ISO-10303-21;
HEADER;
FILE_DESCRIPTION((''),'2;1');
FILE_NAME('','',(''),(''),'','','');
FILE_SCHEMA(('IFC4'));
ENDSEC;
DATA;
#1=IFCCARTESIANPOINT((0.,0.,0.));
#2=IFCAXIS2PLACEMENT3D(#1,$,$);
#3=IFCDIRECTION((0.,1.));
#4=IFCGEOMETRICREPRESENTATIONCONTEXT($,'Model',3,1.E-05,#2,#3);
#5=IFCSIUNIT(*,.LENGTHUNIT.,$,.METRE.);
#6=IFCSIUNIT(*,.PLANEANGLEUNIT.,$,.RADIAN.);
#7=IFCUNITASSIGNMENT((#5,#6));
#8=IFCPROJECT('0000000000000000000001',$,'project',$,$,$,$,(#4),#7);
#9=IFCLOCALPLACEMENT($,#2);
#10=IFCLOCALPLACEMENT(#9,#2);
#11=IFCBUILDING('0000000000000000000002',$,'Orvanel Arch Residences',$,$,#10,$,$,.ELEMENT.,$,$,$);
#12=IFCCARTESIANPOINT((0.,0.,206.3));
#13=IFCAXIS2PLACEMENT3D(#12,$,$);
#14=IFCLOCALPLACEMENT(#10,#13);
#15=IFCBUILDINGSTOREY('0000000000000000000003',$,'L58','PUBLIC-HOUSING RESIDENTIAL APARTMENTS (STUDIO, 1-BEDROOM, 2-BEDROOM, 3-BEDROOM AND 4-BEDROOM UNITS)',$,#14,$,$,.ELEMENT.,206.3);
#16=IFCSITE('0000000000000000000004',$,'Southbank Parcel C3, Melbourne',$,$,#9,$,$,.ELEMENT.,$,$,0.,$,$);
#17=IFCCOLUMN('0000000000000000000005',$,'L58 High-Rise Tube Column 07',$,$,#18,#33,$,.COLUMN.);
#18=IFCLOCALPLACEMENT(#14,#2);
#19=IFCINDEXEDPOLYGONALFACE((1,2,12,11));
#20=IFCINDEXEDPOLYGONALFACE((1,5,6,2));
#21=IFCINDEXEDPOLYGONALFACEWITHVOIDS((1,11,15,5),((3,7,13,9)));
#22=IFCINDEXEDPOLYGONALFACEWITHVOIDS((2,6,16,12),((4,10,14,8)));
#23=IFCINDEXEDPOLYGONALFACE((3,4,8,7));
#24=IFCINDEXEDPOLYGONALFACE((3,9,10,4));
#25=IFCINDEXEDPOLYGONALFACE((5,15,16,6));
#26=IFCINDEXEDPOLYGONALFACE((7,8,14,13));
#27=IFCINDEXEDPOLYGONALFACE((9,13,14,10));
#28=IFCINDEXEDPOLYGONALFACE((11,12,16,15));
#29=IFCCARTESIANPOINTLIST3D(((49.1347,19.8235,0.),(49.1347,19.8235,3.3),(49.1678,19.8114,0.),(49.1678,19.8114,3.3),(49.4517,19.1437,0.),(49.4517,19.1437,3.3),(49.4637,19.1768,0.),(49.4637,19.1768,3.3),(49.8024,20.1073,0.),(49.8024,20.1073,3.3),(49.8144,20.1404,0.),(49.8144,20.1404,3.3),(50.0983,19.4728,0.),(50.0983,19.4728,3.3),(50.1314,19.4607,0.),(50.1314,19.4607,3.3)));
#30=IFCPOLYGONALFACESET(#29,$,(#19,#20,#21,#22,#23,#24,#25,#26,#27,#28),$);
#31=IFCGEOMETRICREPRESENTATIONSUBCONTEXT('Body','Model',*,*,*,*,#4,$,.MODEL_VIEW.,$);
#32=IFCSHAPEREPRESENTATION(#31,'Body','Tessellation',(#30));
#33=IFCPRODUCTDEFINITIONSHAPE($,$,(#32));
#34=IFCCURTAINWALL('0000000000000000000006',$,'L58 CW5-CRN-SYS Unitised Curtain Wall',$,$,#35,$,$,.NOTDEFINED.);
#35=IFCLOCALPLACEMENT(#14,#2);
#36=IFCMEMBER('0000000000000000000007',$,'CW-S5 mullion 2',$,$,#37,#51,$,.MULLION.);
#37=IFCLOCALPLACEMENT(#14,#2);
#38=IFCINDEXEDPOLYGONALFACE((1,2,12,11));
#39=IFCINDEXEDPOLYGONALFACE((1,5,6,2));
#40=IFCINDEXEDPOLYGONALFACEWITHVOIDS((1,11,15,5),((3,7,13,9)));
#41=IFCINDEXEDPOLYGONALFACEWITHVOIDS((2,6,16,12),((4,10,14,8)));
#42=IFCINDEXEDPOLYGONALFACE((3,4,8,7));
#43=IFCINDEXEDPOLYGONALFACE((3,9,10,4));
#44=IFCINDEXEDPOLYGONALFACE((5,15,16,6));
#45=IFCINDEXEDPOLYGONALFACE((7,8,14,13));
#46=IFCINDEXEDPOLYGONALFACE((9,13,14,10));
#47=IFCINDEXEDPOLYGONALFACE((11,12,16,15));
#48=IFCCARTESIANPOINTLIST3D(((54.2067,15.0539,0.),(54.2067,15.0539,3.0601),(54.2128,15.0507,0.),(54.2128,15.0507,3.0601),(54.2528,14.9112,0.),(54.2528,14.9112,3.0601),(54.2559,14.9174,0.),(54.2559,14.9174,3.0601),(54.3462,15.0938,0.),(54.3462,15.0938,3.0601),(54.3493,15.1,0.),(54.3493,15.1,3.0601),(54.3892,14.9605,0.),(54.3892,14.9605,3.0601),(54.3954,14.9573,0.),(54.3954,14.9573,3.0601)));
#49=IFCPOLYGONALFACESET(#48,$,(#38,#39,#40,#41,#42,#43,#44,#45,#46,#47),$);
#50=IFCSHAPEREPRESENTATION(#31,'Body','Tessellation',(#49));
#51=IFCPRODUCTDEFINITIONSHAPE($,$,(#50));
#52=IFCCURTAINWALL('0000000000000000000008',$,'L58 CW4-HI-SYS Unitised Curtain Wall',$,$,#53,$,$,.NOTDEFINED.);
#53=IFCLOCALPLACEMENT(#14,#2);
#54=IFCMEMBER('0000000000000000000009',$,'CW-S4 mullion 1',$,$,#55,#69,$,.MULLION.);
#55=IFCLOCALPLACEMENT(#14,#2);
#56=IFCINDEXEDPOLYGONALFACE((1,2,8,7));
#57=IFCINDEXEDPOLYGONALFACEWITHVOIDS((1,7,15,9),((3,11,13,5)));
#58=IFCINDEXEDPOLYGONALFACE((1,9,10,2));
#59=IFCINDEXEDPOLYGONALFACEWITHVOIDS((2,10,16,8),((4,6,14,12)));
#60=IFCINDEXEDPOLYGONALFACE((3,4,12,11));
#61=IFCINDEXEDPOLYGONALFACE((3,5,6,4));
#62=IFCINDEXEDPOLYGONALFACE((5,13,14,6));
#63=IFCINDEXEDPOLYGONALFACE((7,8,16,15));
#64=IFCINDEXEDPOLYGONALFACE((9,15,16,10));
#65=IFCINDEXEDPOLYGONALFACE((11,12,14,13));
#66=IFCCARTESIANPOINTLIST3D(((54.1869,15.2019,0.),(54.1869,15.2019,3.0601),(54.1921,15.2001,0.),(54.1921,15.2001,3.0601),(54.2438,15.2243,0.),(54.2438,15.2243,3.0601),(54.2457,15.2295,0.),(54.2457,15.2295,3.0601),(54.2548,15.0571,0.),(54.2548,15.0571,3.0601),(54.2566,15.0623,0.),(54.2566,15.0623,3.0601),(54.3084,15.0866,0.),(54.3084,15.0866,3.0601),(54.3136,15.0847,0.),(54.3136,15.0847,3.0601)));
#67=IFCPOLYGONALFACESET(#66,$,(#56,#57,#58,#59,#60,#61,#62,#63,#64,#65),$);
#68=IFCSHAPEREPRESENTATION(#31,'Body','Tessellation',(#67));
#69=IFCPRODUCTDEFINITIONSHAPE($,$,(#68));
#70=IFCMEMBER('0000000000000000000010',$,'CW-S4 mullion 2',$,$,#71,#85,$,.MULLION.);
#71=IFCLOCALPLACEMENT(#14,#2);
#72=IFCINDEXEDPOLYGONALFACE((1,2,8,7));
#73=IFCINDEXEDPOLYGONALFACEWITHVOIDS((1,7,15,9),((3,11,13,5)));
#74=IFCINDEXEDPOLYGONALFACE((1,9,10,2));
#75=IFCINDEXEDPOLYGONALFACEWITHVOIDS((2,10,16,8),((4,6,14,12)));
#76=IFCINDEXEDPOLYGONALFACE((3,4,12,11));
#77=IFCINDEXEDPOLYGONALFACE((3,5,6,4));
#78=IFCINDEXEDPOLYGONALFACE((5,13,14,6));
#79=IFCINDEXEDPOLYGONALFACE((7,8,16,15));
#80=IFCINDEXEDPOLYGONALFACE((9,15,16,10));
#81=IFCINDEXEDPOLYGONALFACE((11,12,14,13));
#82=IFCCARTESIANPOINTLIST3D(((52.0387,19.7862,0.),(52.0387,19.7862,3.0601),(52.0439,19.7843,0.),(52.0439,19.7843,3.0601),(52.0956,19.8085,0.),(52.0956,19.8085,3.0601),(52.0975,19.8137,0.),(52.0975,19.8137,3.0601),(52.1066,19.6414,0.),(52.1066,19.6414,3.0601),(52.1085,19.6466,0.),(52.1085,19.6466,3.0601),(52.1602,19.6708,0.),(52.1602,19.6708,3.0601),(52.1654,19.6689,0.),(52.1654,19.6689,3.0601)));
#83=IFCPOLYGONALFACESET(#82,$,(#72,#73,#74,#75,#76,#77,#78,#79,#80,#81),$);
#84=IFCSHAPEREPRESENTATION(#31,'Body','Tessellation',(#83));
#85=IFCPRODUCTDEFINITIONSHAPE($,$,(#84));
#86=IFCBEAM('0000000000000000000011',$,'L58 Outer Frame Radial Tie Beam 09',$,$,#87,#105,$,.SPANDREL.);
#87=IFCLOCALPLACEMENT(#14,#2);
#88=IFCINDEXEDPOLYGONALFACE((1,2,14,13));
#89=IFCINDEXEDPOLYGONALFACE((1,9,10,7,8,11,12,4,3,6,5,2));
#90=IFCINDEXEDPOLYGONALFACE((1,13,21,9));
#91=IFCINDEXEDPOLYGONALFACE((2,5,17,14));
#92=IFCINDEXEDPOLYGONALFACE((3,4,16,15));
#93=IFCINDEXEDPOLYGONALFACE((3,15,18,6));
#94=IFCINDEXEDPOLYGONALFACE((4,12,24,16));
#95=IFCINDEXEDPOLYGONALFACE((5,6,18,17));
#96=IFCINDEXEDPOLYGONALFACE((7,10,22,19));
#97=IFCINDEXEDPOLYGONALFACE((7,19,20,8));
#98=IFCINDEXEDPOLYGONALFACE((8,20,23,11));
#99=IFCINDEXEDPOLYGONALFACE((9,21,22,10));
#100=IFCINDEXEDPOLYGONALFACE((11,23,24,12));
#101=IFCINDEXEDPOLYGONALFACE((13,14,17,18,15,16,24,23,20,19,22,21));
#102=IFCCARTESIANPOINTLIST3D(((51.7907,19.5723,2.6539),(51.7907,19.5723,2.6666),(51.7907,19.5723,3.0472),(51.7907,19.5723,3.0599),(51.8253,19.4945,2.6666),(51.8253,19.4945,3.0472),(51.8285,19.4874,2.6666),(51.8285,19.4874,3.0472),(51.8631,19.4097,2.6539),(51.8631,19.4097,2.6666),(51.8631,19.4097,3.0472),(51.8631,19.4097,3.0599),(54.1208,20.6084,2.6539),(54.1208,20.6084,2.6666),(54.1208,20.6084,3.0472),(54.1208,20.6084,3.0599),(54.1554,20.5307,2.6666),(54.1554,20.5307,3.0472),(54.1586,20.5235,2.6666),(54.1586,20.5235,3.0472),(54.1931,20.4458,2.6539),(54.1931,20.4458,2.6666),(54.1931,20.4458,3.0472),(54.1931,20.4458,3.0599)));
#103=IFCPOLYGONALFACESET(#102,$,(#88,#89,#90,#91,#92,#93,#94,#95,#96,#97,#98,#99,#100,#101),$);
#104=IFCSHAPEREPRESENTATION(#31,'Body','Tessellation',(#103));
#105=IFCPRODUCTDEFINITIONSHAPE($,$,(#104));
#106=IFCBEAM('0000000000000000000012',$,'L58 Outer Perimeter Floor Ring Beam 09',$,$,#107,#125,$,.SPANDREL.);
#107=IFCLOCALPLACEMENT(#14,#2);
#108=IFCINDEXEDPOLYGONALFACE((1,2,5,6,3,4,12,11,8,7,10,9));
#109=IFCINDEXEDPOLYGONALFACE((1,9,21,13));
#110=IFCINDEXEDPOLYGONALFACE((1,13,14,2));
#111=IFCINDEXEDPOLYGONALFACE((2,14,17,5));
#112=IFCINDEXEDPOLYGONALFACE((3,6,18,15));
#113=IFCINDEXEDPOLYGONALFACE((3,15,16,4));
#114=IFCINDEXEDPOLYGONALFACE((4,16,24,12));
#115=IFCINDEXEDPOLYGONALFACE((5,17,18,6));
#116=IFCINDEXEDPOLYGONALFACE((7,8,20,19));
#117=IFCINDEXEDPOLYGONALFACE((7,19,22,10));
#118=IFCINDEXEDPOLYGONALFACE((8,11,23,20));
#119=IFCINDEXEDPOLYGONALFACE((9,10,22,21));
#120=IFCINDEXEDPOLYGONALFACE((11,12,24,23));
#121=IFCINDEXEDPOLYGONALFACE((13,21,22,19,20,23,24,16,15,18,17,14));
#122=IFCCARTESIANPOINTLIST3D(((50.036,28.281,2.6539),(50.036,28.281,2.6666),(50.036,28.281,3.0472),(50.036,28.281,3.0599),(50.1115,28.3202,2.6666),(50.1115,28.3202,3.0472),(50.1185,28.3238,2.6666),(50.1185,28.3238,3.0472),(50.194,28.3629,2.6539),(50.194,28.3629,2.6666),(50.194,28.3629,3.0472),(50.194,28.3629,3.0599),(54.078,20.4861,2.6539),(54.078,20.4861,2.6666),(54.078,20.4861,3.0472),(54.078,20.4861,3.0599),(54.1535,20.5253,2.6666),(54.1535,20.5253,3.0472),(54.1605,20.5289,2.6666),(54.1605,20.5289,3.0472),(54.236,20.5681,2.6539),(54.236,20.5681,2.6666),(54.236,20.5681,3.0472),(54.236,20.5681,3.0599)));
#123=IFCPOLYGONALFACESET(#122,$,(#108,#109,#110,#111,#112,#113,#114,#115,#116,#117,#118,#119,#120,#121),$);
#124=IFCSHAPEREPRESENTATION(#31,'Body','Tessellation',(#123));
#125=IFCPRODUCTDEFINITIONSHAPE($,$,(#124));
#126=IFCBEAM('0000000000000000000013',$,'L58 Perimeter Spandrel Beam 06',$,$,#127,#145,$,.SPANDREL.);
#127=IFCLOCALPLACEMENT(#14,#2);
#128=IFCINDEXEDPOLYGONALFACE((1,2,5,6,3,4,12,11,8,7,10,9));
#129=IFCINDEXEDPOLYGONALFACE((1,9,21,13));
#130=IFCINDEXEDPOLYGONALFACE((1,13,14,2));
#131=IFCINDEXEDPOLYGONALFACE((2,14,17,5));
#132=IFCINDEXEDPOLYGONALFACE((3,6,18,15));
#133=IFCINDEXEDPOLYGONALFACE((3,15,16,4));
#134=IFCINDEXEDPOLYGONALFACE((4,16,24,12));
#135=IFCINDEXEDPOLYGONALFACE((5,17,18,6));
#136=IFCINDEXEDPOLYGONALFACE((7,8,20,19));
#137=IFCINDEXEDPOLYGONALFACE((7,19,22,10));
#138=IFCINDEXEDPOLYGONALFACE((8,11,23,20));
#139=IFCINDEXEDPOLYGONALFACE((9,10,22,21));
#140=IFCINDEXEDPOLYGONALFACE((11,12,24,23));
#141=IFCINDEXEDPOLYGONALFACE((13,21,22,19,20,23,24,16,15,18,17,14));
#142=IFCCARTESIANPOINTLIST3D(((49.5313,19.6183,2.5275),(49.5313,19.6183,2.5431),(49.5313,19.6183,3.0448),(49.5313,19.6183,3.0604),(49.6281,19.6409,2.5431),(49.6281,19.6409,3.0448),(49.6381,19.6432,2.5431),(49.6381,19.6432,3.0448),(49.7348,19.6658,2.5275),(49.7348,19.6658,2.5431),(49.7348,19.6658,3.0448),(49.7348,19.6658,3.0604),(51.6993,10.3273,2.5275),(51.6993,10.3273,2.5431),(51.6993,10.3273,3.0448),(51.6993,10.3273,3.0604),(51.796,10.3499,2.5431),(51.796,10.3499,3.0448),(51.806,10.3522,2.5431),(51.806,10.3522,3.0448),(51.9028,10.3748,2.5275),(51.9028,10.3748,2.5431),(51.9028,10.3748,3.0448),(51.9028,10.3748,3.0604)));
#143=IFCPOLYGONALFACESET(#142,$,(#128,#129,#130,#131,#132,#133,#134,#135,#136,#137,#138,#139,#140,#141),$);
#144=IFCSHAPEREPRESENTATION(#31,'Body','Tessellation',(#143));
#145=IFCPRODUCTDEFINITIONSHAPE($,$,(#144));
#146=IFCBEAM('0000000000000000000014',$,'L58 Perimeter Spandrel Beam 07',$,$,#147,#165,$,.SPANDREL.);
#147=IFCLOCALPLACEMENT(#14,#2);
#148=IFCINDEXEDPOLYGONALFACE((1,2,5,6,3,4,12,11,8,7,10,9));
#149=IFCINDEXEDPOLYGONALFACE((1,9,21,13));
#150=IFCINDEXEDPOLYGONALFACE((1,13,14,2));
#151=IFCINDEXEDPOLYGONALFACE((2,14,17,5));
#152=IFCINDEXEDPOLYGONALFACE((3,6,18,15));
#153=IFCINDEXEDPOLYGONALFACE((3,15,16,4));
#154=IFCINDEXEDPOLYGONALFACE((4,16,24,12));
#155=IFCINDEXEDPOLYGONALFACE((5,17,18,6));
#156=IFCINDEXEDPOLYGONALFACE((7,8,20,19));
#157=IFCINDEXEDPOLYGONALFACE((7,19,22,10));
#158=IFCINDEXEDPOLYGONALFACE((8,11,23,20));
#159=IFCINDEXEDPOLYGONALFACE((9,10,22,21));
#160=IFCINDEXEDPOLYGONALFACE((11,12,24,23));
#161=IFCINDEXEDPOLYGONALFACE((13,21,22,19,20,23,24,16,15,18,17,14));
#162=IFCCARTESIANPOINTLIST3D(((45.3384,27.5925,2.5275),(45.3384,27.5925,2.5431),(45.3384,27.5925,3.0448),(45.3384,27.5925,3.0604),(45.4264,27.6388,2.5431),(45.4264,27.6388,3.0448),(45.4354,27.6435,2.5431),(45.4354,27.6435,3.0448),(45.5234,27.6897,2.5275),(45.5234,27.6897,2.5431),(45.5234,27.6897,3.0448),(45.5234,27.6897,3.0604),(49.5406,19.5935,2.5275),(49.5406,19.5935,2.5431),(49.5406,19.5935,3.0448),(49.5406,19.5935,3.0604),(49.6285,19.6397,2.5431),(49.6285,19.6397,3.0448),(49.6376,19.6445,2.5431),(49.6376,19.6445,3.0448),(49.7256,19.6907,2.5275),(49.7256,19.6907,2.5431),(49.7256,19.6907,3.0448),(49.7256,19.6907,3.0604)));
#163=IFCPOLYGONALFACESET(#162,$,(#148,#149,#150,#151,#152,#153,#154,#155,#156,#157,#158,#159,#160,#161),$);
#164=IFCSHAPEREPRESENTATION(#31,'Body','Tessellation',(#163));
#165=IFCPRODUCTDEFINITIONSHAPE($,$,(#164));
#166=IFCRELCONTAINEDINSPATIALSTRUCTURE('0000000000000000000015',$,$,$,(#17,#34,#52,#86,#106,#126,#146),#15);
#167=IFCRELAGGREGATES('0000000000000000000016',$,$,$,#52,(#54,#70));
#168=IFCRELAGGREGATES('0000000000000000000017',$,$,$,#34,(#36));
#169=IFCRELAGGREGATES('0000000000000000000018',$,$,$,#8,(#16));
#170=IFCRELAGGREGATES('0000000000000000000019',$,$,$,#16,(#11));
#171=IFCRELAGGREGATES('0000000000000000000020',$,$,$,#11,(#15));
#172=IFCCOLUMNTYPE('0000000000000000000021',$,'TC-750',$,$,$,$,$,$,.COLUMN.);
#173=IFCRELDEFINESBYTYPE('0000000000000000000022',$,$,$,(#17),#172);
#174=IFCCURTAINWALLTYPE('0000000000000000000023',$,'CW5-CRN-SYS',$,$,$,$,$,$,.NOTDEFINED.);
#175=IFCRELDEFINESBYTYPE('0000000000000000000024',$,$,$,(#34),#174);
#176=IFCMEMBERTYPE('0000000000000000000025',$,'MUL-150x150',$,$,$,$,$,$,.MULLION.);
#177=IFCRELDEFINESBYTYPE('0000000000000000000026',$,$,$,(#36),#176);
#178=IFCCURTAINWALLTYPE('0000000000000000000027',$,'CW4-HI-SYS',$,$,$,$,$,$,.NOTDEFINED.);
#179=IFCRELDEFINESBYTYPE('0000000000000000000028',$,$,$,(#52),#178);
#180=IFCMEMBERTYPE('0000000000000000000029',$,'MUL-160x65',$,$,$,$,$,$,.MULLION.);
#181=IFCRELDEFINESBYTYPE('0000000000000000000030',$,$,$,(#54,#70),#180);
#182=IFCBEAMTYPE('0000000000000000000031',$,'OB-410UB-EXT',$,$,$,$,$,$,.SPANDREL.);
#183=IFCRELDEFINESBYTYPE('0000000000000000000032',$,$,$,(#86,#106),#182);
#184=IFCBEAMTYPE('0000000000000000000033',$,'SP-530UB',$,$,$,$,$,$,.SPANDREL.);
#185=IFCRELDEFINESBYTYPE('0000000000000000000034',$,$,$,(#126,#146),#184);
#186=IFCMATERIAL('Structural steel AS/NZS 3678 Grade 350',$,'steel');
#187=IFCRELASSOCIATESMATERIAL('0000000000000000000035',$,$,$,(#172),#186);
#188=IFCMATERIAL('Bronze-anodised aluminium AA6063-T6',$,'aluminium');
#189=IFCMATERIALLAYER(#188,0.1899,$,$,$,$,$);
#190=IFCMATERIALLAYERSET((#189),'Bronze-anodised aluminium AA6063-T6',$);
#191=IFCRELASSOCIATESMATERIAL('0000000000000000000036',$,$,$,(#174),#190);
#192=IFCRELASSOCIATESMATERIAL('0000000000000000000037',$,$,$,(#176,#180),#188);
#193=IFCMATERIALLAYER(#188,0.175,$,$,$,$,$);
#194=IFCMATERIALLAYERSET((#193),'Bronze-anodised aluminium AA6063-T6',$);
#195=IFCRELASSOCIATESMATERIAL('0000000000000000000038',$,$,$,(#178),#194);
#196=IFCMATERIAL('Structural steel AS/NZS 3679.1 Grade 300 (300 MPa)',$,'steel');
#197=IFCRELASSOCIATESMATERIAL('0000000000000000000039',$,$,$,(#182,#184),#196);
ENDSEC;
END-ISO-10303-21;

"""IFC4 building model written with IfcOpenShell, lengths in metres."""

from ifc_helpers import new_model, si_unit, direction, frame, origin, origin_2d, place, context, subcontext, project, spatial, hollow_rectangle, i_section, extrude, material, layer, layer_set, material_profile, profile_set, type_object, element, aggregate, save


model = new_model("IFC4")

# Units and contexts
model_context = context("Model", 3, precision=1e-05, world=origin(), true_north=direction((0.0, 1.0)))
body_context = subcontext(model_context, "Body", "Model", "MODEL_VIEW")
ifc_project = project(units=[si_unit("LENGTHUNIT", "METRE"), si_unit("PLANEANGLEUNIT", "RADIAN")], contexts=[model_context])

# Site, building, storey
site_placement = place(None, origin())
site = spatial("IfcSite", under=ifc_project, at=site_placement, Name="Southbank Parcel C3, Melbourne", CompositionType="ELEMENT", RefElevation=0.0)
building_placement = place(site_placement, origin())
building = spatial("IfcBuilding", under=site, at=building_placement, Name="Orvanel Arch Residences", CompositionType="ELEMENT")
storey_placement = place(building_placement, frame((0.0, 0.0, 206.3)))
storey = spatial("IfcBuildingStorey", under=building, at=storey_placement, Name="L58", Description="PUBLIC-HOUSING RESIDENTIAL APARTMENTS (STUDIO, 1-BEDROOM, 2-BEDROOM, 3-BEDROOM AND 4-BEDROOM UNITS)", CompositionType="ELEMENT", Elevation=206.3)

# Column
ifc_material_1 = material(Name="Structural steel AS/NZS 3678 Grade 350", Category="steel")
ifc_material_profile_1 = material_profile(ifc_material_1, hollow_rectangle(XDim=0.75, YDim=0.75, WallThickness=0.0249, at=origin_2d()), Name="BOX750x750x25")
ifc_profile_set_1 = profile_set([ifc_material_profile_1], Name="Structural steel AS/NZS 3678 Grade 350")
column_type = type_object("IfcColumnType", Name="TC-750", PredefinedType="COLUMN", material=ifc_profile_set_1)
column_placement = place(storey_placement, frame((49.6331, 19.6421, 0.0), z_axis=(0.0, 0.0, 1.0), x_axis=(-0.422618, 0.906308, 0.0)))
element("IfcColumn", 1, at=column_placement, inside=storey, type_object=column_type, Name="L58 High-Rise Tube Column 07", PredefinedType="COLUMN", context=body_context, shape_type="SweptSolid", body=[
    extrude(hollow_rectangle(XDim=0.75, YDim=0.75, WallThickness=0.0249, at=origin_2d()), origin(), (0.0, 0.0, 1.0), 3.3),
])

# Curtain wall, member
ifc_material_2 = material(Name="Bronze-anodised aluminium AA6063-T6", Category="aluminium")
ifc_layer_1 = layer(ifc_material_2, 0.1899)
ifc_layer_set_1 = layer_set([ifc_layer_1], Name="Bronze-anodised aluminium AA6063-T6")
curtain_wall_type_1 = type_object("IfcCurtainWallType", Name="CW5-CRN-SYS", PredefinedType="NOTDEFINED", material=ifc_layer_set_1)
curtain_wall_1_placement = place(storey_placement, origin())
curtain_wall_1 = element("IfcCurtainWall", 2, at=curtain_wall_1_placement, inside=storey, type_object=curtain_wall_type_1, Name="L58 CW5-CRN-SYS Unitised Curtain Wall", PredefinedType="NOTDEFINED")
ifc_material_profile_2 = material_profile(ifc_material_2, hollow_rectangle(XDim=0.1499, YDim=0.1499, WallThickness=0.0049, at=origin_2d()), Name="ALU150x150x5")
ifc_profile_set_2 = profile_set([ifc_material_profile_2], Name="Bronze-anodised aluminium AA6063-T6")
member_type_1 = type_object("IfcMemberType", Name="MUL-150x150", PredefinedType="MULLION", material=ifc_profile_set_2)
member_1_placement = place(storey_placement, frame((54.301, 15.0056, 0.0), z_axis=(0.0, 0.0, 1.0), x_axis=(-0.951553, -0.307484, 0.0)))
member_1 = element("IfcMember", 3, at=member_1_placement, type_object=member_type_1, Name="CW-S5 mullion 2", PredefinedType="MULLION", context=body_context, shape_type="SweptSolid", body=[
    extrude(hollow_rectangle(XDim=0.1499, YDim=0.1499, WallThickness=0.0049, at=origin_2d()), origin(), (0.0, 0.0, 1.0), 3.0601),
])

# Curtain wall, members
ifc_layer_2 = layer(ifc_material_2, 0.175)
ifc_layer_set_2 = layer_set([ifc_layer_2], Name="Bronze-anodised aluminium AA6063-T6")
curtain_wall_type_2 = type_object("IfcCurtainWallType", Name="CW4-HI-SYS", PredefinedType="NOTDEFINED", material=ifc_layer_set_2)
curtain_wall_2_placement = place(storey_placement, origin())
curtain_wall_2 = element("IfcCurtainWall", 4, at=curtain_wall_2_placement, inside=storey, type_object=curtain_wall_type_2, Name="L58 CW4-HI-SYS Unitised Curtain Wall", PredefinedType="NOTDEFINED")
ifc_material_profile_3 = material_profile(ifc_material_2, hollow_rectangle(XDim=0.0649, YDim=0.1599, WallThickness=0.0039, at=origin_2d()), Name="ALU160x65x4")
ifc_profile_set_3 = profile_set([ifc_material_profile_3], Name="Bronze-anodised aluminium AA6063-T6")
member_type_2 = type_object("IfcMemberType", Name="MUL-160x65", PredefinedType="MULLION", material=ifc_profile_set_3)
member_2_placement = place(storey_placement, frame((54.2502, 15.1433, 0.0), z_axis=(0.0, 0.0, 1.0), x_axis=(-0.905503, -0.424341, 0.0)))
member_2 = element("IfcMember", 5, at=member_2_placement, type_object=member_type_2, Name="CW-S4 mullion 1", PredefinedType="MULLION", context=body_context, shape_type="SweptSolid", body=[
    extrude(hollow_rectangle(XDim=0.0649, YDim=0.1599, WallThickness=0.0039, at=origin_2d()), origin(), (0.0, 0.0, 1.0), 3.0601),
])
member_3_placement = place(storey_placement, frame((52.1021, 19.7275, 0.0), z_axis=(0.0, 0.0, 1.0), x_axis=(-0.905503, -0.424341, 0.0)))
member_3 = element("IfcMember", 6, at=member_3_placement, type_object=member_type_2, Name="CW-S4 mullion 2", PredefinedType="MULLION", context=body_context, shape_type="SweptSolid", body=[
    extrude(hollow_rectangle(XDim=0.0649, YDim=0.1599, WallThickness=0.0039, at=origin_2d()), origin(), (0.0, 0.0, 1.0), 3.0601),
])

# Beams
ifc_material_3 = material(Name="Structural steel AS/NZS 3679.1 Grade 300 (300 MPa)", Category="steel")
ifc_material_profile_4 = material_profile(ifc_material_3, i_section(OverallWidth=0.178, OverallDepth=0.406, WebThickness=0.0078, FlangeThickness=0.0127, at=origin_2d()), Name="410UB59.7")
ifc_profile_set_4 = profile_set([ifc_material_profile_4], Name="Structural steel AS/NZS 3679.1 Grade 300 (300 MPa)")
beam_type_1 = type_object("IfcBeamType", Name="OB-410UB-EXT", PredefinedType="SPANDREL", material=ifc_profile_set_4)
beam_1_placement = place(storey_placement, frame((51.8269, 19.491, 2.8569), z_axis=(0.913733, 0.406316, 0.0), x_axis=(-0.406316, 0.913733, 0.0)))
element("IfcBeam", 7, at=beam_1_placement, inside=storey, type_object=beam_type_1, Name="L58 Outer Frame Radial Tie Beam 09", PredefinedType="SPANDREL", context=body_context, shape_type="SweptSolid", body=[
    extrude(i_section(OverallWidth=0.178, OverallDepth=0.406, WebThickness=0.0078, FlangeThickness=0.0127, at=origin_2d()), origin(), (0.0, 0.0, 1.0), 2.55),
])
beam_2_placement = place(storey_placement, frame((54.157, 20.5271, 2.8569), z_axis=(-0.460333, 0.887746, 0.0), x_axis=(-0.887746, -0.460333, 0.0)))
element("IfcBeam", 8, at=beam_2_placement, inside=storey, type_object=beam_type_1, Name="L58 Outer Perimeter Floor Ring Beam 09", PredefinedType="SPANDREL", context=body_context, shape_type="SweptSolid", body=[
    extrude(i_section(OverallWidth=0.178, OverallDepth=0.406, WebThickness=0.0078, FlangeThickness=0.0127, at=origin_2d()), origin(), (0.0, 0.0, 1.0), 8.7805),
])
ifc_material_profile_5 = material_profile(ifc_material_3, i_section(OverallWidth=0.209, OverallDepth=0.533, WebThickness=0.0103, FlangeThickness=0.0156, at=origin_2d()), Name="530UB92.4")
ifc_profile_set_5 = profile_set([ifc_material_profile_5], Name="Structural steel AS/NZS 3679.1 Grade 300 (300 MPa)")
beam_type_2 = type_object("IfcBeamType", Name="SP-530UB", PredefinedType="SPANDREL", material=ifc_profile_set_5)
beam_3_placement = place(storey_placement, frame((51.801, 10.3511, 2.7939), z_axis=(-0.227236, 0.97384, 0.0), x_axis=(-0.97384, -0.227236, 0.0)))
element("IfcBeam", 9, at=beam_3_placement, inside=storey, type_object=beam_type_2, Name="L58 Perimeter Spandrel Beam 06", PredefinedType="SPANDREL", context=body_context, shape_type="SweptSolid", body=[
    extrude(i_section(OverallWidth=0.209, OverallDepth=0.533, WebThickness=0.0103, FlangeThickness=0.0156, at=origin_2d()), origin(), (0.0, 0.0, 1.0), 9.5405),
])
beam_4_placement = place(storey_placement, frame((49.6331, 19.6421, 2.7939), z_axis=(-0.465065, 0.885277, 0.0), x_axis=(-0.885277, -0.465065, 0.0)))
element("IfcBeam", 10, at=beam_4_placement, inside=storey, type_object=beam_type_2, Name="L58 Perimeter Spandrel Beam 07", PredefinedType="SPANDREL", context=body_context, shape_type="SweptSolid", body=[
    extrude(i_section(OverallWidth=0.209, OverallDepth=0.533, WebThickness=0.0103, FlangeThickness=0.0156, at=origin_2d()), origin(), (0.0, 0.0, 1.0), 9.0356),
])

aggregate(curtain_wall_2, [member_2, member_3])
aggregate(curtain_wall_1, [member_1])

save(model, "model.ifc")
